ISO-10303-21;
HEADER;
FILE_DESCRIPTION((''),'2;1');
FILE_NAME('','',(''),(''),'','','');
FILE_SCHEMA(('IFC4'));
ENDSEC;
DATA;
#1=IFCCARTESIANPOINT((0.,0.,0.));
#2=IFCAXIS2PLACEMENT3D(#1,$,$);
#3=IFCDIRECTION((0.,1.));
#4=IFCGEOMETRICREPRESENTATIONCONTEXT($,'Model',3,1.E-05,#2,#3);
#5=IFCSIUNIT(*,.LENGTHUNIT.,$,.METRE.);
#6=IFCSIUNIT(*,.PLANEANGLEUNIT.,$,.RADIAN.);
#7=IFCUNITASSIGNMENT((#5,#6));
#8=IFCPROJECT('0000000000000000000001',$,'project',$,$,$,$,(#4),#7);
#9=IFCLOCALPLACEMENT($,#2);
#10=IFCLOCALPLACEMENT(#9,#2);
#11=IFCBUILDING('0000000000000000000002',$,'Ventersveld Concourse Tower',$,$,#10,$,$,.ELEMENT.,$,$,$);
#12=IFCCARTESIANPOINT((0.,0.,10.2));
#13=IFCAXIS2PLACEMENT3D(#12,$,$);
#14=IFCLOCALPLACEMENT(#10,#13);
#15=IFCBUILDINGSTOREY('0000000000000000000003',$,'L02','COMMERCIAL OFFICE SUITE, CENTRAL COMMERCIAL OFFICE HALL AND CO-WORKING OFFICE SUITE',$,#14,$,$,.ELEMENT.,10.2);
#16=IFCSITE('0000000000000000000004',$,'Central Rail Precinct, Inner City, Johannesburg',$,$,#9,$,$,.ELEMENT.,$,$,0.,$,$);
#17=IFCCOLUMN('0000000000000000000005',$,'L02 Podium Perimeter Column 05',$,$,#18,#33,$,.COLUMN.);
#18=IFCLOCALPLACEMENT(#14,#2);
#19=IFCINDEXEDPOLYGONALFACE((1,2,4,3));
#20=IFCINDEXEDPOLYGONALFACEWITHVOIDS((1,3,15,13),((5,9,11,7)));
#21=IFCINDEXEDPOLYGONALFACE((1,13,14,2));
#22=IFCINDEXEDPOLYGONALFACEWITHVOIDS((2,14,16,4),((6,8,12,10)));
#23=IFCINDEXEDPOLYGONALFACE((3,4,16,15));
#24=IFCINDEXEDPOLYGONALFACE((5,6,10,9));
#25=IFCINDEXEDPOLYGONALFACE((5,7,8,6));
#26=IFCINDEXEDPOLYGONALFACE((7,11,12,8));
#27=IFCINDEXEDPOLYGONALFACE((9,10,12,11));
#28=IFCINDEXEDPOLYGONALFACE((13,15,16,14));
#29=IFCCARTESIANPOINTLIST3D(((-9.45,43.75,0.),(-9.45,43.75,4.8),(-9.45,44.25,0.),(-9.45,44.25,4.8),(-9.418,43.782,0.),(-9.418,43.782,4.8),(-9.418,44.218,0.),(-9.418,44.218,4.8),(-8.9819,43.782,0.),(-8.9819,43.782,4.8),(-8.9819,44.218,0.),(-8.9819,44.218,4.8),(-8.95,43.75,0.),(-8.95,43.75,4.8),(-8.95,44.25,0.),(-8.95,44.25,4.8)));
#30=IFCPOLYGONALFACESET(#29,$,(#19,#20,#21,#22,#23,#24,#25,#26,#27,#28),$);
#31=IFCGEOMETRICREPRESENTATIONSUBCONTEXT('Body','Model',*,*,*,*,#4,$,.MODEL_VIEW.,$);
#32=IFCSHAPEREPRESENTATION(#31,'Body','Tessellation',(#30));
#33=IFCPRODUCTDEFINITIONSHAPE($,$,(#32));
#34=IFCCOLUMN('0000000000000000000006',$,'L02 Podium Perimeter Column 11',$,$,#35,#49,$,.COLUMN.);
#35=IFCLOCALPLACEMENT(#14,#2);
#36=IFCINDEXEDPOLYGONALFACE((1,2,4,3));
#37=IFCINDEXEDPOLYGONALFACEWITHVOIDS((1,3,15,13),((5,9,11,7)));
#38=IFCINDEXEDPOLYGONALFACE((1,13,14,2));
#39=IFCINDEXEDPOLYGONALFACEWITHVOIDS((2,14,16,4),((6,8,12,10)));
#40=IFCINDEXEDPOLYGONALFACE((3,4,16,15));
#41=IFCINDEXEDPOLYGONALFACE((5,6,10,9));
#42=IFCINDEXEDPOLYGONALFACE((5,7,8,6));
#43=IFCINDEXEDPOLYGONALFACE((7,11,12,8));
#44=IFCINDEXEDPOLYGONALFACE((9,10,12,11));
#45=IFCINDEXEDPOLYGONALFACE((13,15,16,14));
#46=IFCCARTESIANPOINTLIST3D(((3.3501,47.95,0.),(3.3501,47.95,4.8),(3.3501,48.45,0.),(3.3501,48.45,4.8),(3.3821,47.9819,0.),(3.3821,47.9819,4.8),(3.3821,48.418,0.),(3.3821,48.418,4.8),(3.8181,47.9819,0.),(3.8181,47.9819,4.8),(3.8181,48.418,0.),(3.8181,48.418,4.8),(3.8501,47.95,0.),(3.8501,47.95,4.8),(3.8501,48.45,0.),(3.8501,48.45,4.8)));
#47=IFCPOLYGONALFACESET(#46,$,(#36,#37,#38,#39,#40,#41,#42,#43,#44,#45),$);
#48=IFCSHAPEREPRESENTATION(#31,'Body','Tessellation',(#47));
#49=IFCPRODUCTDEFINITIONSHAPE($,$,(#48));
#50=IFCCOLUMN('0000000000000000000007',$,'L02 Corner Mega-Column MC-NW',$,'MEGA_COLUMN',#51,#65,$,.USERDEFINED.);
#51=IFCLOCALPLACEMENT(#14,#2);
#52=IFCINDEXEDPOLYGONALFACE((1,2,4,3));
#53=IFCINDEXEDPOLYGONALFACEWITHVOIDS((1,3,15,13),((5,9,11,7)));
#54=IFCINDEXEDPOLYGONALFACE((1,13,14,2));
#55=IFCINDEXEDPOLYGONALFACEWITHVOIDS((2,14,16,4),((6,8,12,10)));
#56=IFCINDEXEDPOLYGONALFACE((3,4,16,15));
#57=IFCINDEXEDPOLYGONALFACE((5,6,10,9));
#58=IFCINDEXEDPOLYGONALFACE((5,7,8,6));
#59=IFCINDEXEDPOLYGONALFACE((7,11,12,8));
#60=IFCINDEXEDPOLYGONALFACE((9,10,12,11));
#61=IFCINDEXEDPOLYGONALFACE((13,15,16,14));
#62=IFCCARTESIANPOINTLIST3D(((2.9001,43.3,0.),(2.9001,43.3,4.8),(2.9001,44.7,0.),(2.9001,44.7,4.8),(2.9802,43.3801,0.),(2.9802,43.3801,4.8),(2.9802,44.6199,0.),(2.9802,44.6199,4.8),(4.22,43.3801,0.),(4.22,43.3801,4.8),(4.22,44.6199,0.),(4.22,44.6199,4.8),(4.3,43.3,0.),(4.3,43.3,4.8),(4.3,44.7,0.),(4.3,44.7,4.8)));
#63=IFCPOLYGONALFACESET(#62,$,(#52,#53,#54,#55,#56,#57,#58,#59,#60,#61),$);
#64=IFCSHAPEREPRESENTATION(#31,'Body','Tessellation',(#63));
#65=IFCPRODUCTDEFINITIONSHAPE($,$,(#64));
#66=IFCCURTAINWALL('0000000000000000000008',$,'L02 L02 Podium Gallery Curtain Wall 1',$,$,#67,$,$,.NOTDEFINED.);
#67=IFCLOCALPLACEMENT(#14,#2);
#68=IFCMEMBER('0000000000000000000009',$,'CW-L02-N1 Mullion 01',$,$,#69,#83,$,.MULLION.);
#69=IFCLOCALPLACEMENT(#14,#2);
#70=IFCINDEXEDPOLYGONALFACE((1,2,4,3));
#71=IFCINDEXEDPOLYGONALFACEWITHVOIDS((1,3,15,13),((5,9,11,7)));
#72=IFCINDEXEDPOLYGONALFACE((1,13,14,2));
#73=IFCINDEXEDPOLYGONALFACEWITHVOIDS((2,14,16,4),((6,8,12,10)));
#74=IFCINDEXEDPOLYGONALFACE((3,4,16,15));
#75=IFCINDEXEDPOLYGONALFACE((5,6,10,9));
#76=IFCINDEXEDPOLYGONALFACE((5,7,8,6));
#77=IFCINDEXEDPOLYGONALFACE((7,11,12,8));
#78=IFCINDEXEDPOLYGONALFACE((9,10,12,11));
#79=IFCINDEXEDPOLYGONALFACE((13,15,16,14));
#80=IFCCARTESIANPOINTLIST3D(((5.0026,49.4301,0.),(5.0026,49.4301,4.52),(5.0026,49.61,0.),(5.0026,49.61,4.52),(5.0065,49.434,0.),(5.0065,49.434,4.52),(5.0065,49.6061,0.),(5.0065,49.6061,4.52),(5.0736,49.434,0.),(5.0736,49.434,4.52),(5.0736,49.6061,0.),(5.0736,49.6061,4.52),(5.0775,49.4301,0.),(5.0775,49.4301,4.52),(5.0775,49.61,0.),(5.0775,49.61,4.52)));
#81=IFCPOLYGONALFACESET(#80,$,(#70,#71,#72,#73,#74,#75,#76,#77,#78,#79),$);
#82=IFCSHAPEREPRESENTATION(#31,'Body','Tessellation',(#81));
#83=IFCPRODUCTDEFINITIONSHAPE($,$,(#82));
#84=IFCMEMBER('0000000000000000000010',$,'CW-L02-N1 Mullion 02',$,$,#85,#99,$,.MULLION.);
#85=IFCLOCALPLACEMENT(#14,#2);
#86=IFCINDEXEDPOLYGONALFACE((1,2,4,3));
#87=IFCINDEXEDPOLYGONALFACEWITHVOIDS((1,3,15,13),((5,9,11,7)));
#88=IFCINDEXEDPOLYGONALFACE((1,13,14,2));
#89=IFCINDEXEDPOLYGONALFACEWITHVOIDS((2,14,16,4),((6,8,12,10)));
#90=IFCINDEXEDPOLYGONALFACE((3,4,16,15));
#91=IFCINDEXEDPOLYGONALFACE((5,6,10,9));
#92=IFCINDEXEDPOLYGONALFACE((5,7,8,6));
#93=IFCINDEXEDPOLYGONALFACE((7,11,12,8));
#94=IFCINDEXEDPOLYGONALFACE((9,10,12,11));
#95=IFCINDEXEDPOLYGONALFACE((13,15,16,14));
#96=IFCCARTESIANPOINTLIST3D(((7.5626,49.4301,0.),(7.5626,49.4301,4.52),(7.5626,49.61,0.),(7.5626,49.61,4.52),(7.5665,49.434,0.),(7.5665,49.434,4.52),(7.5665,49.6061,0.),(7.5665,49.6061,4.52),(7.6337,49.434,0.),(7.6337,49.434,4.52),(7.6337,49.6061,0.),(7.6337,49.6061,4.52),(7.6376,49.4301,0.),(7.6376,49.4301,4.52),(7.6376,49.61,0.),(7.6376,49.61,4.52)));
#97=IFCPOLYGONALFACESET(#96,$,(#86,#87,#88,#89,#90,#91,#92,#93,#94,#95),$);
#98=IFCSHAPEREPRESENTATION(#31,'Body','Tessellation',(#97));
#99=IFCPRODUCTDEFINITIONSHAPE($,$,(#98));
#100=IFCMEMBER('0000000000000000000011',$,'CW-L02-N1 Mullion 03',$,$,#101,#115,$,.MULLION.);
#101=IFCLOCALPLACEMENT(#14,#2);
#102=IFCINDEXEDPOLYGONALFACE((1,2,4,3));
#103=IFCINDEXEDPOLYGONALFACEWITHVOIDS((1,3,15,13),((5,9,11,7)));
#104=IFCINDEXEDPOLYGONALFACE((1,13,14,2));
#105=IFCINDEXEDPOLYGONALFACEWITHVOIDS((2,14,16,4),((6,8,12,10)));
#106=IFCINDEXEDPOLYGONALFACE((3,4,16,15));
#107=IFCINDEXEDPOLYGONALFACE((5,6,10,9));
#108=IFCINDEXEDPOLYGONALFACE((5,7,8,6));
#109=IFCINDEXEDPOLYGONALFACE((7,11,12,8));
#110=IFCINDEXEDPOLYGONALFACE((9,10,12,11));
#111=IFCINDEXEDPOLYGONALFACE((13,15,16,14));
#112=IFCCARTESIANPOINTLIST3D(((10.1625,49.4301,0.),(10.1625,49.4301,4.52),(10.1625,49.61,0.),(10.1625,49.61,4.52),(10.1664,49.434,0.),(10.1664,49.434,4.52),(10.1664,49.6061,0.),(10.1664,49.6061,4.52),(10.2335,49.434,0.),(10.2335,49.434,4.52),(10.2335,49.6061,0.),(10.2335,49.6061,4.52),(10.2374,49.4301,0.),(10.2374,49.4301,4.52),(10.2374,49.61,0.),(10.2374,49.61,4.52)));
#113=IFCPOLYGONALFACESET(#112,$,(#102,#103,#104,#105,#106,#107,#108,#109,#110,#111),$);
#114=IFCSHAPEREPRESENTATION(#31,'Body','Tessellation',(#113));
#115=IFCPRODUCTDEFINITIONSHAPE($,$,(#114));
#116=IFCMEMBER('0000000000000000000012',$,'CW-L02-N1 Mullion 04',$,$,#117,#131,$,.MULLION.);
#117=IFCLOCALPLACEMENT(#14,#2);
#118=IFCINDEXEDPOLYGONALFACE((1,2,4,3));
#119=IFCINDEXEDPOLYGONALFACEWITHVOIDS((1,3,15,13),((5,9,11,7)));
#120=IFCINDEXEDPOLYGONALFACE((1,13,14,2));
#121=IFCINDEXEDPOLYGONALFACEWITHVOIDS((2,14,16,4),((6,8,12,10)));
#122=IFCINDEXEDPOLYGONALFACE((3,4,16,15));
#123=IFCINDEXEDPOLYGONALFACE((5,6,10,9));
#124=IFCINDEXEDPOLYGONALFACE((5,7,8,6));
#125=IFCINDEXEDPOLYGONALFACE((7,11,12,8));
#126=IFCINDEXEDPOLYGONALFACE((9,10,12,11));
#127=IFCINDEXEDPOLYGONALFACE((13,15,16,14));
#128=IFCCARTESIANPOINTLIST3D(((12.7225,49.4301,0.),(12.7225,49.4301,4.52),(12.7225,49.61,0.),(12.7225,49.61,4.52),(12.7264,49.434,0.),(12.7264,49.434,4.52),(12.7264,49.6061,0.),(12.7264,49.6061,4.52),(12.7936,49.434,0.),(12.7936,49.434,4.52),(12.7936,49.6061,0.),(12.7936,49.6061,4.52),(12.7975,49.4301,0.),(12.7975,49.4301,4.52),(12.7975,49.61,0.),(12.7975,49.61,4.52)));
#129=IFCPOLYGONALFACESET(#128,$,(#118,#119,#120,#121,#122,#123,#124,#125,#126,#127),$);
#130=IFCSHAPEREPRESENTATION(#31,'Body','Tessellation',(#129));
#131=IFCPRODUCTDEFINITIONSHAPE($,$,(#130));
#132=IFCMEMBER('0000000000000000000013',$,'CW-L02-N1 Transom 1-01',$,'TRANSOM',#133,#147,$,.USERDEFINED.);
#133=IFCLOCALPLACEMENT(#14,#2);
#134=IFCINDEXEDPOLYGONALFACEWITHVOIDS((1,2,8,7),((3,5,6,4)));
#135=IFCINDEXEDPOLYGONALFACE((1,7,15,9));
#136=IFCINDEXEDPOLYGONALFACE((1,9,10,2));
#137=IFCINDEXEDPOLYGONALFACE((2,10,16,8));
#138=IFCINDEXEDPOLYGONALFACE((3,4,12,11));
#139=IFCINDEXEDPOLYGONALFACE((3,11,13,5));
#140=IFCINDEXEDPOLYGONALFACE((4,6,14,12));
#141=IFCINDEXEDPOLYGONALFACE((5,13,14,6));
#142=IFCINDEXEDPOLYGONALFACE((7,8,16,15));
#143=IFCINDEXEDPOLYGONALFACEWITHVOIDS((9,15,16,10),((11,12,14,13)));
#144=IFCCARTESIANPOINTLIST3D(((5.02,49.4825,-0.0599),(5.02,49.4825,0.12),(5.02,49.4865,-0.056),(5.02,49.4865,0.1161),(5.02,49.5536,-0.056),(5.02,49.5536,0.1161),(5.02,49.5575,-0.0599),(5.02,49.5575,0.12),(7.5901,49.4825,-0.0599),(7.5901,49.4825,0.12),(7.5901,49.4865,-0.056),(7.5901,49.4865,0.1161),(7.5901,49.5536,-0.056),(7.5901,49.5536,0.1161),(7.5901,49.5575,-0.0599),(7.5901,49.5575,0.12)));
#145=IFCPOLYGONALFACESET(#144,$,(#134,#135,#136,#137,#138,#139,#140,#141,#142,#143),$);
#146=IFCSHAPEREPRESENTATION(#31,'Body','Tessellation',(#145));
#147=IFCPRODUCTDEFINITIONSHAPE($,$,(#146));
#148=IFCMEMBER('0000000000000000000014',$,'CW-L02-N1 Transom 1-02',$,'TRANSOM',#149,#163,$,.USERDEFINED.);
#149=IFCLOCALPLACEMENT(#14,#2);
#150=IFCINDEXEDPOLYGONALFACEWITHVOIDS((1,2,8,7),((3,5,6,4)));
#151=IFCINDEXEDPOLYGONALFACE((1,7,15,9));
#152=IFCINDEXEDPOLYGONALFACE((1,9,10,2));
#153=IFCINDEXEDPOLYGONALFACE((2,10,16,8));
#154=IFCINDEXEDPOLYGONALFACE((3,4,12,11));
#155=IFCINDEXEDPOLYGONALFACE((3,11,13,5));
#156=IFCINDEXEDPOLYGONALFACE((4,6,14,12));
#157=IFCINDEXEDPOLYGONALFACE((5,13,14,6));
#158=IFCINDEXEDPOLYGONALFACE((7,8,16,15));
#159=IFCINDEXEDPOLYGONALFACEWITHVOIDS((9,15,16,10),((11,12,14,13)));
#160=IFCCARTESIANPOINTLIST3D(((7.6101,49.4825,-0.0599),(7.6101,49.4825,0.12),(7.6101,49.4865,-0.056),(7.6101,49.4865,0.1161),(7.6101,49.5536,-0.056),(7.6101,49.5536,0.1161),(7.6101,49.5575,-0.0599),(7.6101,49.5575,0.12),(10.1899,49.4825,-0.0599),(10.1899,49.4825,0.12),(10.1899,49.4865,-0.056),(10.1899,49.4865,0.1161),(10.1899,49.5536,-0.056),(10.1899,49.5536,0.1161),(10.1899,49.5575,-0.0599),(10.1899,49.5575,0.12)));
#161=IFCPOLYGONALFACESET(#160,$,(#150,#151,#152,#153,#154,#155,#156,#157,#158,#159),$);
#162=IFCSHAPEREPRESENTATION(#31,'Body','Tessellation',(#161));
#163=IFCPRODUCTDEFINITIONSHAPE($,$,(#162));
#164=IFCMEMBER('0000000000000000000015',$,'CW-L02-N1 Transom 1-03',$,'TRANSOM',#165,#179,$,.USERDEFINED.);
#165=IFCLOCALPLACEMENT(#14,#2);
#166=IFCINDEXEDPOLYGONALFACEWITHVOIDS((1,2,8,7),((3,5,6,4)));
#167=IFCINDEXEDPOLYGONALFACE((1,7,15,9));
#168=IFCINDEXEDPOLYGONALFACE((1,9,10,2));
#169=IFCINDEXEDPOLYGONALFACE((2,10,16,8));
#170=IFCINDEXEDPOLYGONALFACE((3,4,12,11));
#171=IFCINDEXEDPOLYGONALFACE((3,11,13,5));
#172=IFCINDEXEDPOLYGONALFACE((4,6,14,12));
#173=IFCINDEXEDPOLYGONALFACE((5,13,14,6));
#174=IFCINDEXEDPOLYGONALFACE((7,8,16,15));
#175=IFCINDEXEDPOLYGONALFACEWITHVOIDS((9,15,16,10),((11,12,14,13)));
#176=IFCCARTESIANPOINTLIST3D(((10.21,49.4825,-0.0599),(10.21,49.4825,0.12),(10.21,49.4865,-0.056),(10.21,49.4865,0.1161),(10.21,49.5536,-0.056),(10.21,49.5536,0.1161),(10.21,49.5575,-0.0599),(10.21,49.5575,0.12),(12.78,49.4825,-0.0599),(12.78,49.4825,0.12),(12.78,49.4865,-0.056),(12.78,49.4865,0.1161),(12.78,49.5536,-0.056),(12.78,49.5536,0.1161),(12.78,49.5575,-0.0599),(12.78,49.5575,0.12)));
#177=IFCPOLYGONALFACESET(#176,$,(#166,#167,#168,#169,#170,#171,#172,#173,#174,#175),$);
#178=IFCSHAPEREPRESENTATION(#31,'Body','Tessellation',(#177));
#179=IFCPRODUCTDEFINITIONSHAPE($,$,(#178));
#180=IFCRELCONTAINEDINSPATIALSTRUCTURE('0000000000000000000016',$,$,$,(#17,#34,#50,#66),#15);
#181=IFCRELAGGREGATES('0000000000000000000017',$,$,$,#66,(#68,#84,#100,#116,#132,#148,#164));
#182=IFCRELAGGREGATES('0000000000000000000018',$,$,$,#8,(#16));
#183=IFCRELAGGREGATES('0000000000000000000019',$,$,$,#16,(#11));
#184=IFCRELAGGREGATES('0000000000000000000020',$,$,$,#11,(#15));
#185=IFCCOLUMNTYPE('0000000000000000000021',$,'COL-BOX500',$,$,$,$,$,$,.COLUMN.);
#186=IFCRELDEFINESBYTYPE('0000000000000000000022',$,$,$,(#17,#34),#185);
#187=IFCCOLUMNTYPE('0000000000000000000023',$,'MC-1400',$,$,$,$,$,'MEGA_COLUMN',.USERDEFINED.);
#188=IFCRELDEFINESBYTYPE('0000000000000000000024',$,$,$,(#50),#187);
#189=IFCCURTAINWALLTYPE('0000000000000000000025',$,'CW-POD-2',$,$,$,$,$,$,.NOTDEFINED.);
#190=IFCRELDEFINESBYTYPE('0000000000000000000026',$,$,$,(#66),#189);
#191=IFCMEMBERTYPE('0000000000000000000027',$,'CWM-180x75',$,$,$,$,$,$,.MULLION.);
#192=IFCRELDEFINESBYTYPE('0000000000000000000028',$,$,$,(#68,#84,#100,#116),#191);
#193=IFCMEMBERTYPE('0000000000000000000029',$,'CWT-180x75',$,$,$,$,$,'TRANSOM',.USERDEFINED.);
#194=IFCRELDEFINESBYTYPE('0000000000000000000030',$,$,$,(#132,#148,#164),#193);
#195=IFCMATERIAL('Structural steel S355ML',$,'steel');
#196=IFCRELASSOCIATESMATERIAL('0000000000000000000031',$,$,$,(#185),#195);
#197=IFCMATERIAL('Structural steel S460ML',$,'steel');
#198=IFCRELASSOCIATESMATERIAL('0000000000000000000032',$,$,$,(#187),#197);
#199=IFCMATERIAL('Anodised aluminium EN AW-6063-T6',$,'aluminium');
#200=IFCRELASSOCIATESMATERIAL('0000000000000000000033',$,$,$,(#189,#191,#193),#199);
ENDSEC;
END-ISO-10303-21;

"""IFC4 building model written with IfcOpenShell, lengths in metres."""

from ifc_helpers import new_model, si_unit, direction, frame, origin, origin_2d, place, context, subcontext, project, spatial, hollow_rectangle, extrude, material, material_profile, profile_set, type_object, element, aggregate, save


model = new_model("IFC4")

# Units and contexts
model_context = context("Model", 3, precision=1e-05, world=origin(), true_north=direction((0.0, 1.0)))
body_context = subcontext(model_context, "Body", "Model", "MODEL_VIEW")
ifc_project = project(units=[si_unit("LENGTHUNIT", "METRE"), si_unit("PLANEANGLEUNIT", "RADIAN")], contexts=[model_context])

# Site, building, storey
site_placement = place(None, origin())
site = spatial("IfcSite", under=ifc_project, at=site_placement, Name="Central Rail Precinct, Inner City, Johannesburg", CompositionType="ELEMENT", RefElevation=0.0)
building_placement = place(site_placement, origin())
building = spatial("IfcBuilding", under=site, at=building_placement, Name="Ventersveld Concourse Tower", CompositionType="ELEMENT")
storey_placement = place(building_placement, frame((0.0, 0.0, 10.2)))
storey = spatial("IfcBuildingStorey", under=building, at=storey_placement, Name="L02", Description="COMMERCIAL OFFICE SUITE, CENTRAL COMMERCIAL OFFICE HALL AND CO-WORKING OFFICE SUITE", CompositionType="ELEMENT", Elevation=10.2)

# Columns
ifc_material_1 = material(Name="Structural steel S355ML", Category="steel")
ifc_material_profile_1 = material_profile(ifc_material_1, hollow_rectangle(XDim=0.5, YDim=0.5, WallThickness=0.032, at=origin_2d()), Name="BOX 500x500x32")
ifc_profile_set_1 = profile_set([ifc_material_profile_1], Name="Structural steel S355ML")
column_type_1 = type_object("IfcColumnType", Name="COL-BOX500", PredefinedType="COLUMN", material=ifc_profile_set_1)
for number, where, z_axis, x_axis, name in (
    (1, (-9.2, 44.0, 0.0), (0.0, 0.0, 1.0), (1.0, 0.0, 0.0), "L02 Podium Perimeter Column 05"),
    (2, (3.6001, 48.2, 0.0), (0.0, 0.0, 1.0), (1.0, 0.0, 0.0), "L02 Podium Perimeter Column 11"),
):
    element("IfcColumn", number, at=place(storey_placement, frame(where, z_axis=z_axis, x_axis=x_axis)), inside=storey, type_object=column_type_1, Name=name, PredefinedType="COLUMN", context=body_context, shape_type="SweptSolid", body=[
        extrude(hollow_rectangle(XDim=0.5, YDim=0.5, WallThickness=0.032, at=origin_2d()), origin(), (0.0, 0.0, 1.0), 4.8),
    ])
ifc_material_2 = material(Name="Structural steel S460ML", Category="steel")
ifc_material_profile_2 = material_profile(ifc_material_2, hollow_rectangle(XDim=1.3999, YDim=1.3999, WallThickness=0.0801, at=origin_2d()), Name="BOX 1400x1400x80")
ifc_profile_set_2 = profile_set([ifc_material_profile_2], Name="Structural steel S460ML")
column_type_2 = type_object("IfcColumnType", Name="MC-1400", ElementType="MEGA_COLUMN", PredefinedType="USERDEFINED", material=ifc_profile_set_2)
column_placement = place(storey_placement, frame((3.6001, 44.0, 0.0), z_axis=(0.0, 0.0, 1.0), x_axis=(1.0, 0.0, 0.0)))
element("IfcColumn", 3, at=column_placement, inside=storey, type_object=column_type_2, Name="L02 Corner Mega-Column MC-NW", ObjectType="MEGA_COLUMN", PredefinedType="USERDEFINED", context=body_context, shape_type="SweptSolid", body=[
    extrude(hollow_rectangle(XDim=1.3999, YDim=1.3999, WallThickness=0.0801, at=origin_2d()), origin(), (0.0, 0.0, 1.0), 4.8),
])

# Curtain wall, members
ifc_material_3 = material(Name="Anodised aluminium EN AW-6063-T6", Category="aluminium")
curtain_wall_type = type_object("IfcCurtainWallType", Name="CW-POD-2", PredefinedType="NOTDEFINED", material=ifc_material_3)
curtain_wall_placement = place(storey_placement, origin())
curtain_wall = element("IfcCurtainWall", 4, at=curtain_wall_placement, inside=storey, type_object=curtain_wall_type, Name="L02 L02 Podium Gallery Curtain Wall 1", PredefinedType="NOTDEFINED")
ifc_material_profile_3 = material_profile(ifc_material_3, hollow_rectangle(XDim=0.075, YDim=0.1799, WallThickness=0.0039, at=origin_2d()), Name="ALU 180x75x4")
ifc_profile_set_3 = profile_set([ifc_material_profile_3], Name="Anodised aluminium EN AW-6063-T6")
member_type_1 = type_object("IfcMemberType", Name="CWM-180x75", PredefinedType="MULLION", material=ifc_profile_set_3)
member_1_placement = place(storey_placement, frame((5.04, 49.52, 0.0), z_axis=(0.0, 0.0, 1.0), x_axis=(1.0, 0.0, 0.0)))
member_1 = element("IfcMember", 5, at=member_1_placement, type_object=member_type_1, Name="CW-L02-N1 Mullion 01", PredefinedType="MULLION", context=body_context, shape_type="SweptSolid", body=[
    extrude(hollow_rectangle(XDim=0.075, YDim=0.1799, WallThickness=0.0039, at=origin_2d()), origin(), (0.0, 0.0, 1.0), 4.52),
])
member_2_placement = place(storey_placement, frame((7.6001, 49.52, 0.0), z_axis=(0.0, 0.0, 1.0), x_axis=(1.0, 0.0, 0.0)))
member_2 = element("IfcMember", 6, at=member_2_placement, type_object=member_type_1, Name="CW-L02-N1 Mullion 02", PredefinedType="MULLION", context=body_context, shape_type="SweptSolid", body=[
    extrude(hollow_rectangle(XDim=0.075, YDim=0.1799, WallThickness=0.0039, at=origin_2d()), origin(), (0.0, 0.0, 1.0), 4.52),
])
member_3_placement = place(storey_placement, frame((10.2, 49.52, 0.0), z_axis=(0.0, 0.0, 1.0), x_axis=(1.0, 0.0, 0.0)))
member_3 = element("IfcMember", 7, at=member_3_placement, type_object=member_type_1, Name="CW-L02-N1 Mullion 03", PredefinedType="MULLION", context=body_context, shape_type="SweptSolid", body=[
    extrude(hollow_rectangle(XDim=0.075, YDim=0.1799, WallThickness=0.0039, at=origin_2d()), origin(), (0.0, 0.0, 1.0), 4.52),
])
member_4_placement = place(storey_placement, frame((12.76, 49.52, 0.0), z_axis=(0.0, 0.0, 1.0), x_axis=(1.0, 0.0, 0.0)))
member_4 = element("IfcMember", 8, at=member_4_placement, type_object=member_type_1, Name="CW-L02-N1 Mullion 04", PredefinedType="MULLION", context=body_context, shape_type="SweptSolid", body=[
    extrude(hollow_rectangle(XDim=0.075, YDim=0.1799, WallThickness=0.0039, at=origin_2d()), origin(), (0.0, 0.0, 1.0), 4.52),
])
ifc_material_profile_4 = material_profile(ifc_material_3, hollow_rectangle(XDim=0.075, YDim=0.1799, WallThickness=0.0039, at=origin_2d()), Name="ALU 180x75x4")
ifc_profile_set_4 = profile_set([ifc_material_profile_4], Name="Anodised aluminium EN AW-6063-T6")
member_type_2 = type_object("IfcMemberType", Name="CWT-180x75", ElementType="TRANSOM", PredefinedType="USERDEFINED", material=ifc_profile_set_4)
member_5_placement = place(storey_placement, frame((5.02, 49.52, 0.03), z_axis=(1.0, 0.0, 0.0), x_axis=(0.0, 1.0, 0.0)))
member_5 = element("IfcMember", 9, at=member_5_placement, type_object=member_type_2, Name="CW-L02-N1 Transom 1-01", ObjectType="TRANSOM", PredefinedType="USERDEFINED", context=body_context, shape_type="SweptSolid", body=[
    extrude(hollow_rectangle(XDim=0.075, YDim=0.1799, WallThickness=0.0039, at=origin_2d()), origin(), (0.0, 0.0, 1.0), 2.5701),
])
member_6_placement = place(storey_placement, frame((7.6101, 49.52, 0.03), z_axis=(1.0, 0.0, 0.0), x_axis=(0.0, 1.0, 0.0)))
member_6 = element("IfcMember", 10, at=member_6_placement, type_object=member_type_2, Name="CW-L02-N1 Transom 1-02", ObjectType="TRANSOM", PredefinedType="USERDEFINED", context=body_context, shape_type="SweptSolid", body=[
    extrude(hollow_rectangle(XDim=0.075, YDim=0.1799, WallThickness=0.0039, at=origin_2d()), origin(), (0.0, 0.0, 1.0), 2.5798),
])
member_7_placement = place(storey_placement, frame((10.21, 49.52, 0.03), z_axis=(1.0, 0.0, 0.0), x_axis=(0.0, 1.0, 0.0)))
member_7 = element("IfcMember", 11, at=member_7_placement, type_object=member_type_2, Name="CW-L02-N1 Transom 1-03", ObjectType="TRANSOM", PredefinedType="USERDEFINED", context=body_context, shape_type="SweptSolid", body=[
    extrude(hollow_rectangle(XDim=0.075, YDim=0.1799, WallThickness=0.0039, at=origin_2d()), origin(), (0.0, 0.0, 1.0), 2.5701),
])

aggregate(curtain_wall, [member_1, member_2, member_3, member_4, member_5, member_6, member_7])

save(model, "model.ifc")
